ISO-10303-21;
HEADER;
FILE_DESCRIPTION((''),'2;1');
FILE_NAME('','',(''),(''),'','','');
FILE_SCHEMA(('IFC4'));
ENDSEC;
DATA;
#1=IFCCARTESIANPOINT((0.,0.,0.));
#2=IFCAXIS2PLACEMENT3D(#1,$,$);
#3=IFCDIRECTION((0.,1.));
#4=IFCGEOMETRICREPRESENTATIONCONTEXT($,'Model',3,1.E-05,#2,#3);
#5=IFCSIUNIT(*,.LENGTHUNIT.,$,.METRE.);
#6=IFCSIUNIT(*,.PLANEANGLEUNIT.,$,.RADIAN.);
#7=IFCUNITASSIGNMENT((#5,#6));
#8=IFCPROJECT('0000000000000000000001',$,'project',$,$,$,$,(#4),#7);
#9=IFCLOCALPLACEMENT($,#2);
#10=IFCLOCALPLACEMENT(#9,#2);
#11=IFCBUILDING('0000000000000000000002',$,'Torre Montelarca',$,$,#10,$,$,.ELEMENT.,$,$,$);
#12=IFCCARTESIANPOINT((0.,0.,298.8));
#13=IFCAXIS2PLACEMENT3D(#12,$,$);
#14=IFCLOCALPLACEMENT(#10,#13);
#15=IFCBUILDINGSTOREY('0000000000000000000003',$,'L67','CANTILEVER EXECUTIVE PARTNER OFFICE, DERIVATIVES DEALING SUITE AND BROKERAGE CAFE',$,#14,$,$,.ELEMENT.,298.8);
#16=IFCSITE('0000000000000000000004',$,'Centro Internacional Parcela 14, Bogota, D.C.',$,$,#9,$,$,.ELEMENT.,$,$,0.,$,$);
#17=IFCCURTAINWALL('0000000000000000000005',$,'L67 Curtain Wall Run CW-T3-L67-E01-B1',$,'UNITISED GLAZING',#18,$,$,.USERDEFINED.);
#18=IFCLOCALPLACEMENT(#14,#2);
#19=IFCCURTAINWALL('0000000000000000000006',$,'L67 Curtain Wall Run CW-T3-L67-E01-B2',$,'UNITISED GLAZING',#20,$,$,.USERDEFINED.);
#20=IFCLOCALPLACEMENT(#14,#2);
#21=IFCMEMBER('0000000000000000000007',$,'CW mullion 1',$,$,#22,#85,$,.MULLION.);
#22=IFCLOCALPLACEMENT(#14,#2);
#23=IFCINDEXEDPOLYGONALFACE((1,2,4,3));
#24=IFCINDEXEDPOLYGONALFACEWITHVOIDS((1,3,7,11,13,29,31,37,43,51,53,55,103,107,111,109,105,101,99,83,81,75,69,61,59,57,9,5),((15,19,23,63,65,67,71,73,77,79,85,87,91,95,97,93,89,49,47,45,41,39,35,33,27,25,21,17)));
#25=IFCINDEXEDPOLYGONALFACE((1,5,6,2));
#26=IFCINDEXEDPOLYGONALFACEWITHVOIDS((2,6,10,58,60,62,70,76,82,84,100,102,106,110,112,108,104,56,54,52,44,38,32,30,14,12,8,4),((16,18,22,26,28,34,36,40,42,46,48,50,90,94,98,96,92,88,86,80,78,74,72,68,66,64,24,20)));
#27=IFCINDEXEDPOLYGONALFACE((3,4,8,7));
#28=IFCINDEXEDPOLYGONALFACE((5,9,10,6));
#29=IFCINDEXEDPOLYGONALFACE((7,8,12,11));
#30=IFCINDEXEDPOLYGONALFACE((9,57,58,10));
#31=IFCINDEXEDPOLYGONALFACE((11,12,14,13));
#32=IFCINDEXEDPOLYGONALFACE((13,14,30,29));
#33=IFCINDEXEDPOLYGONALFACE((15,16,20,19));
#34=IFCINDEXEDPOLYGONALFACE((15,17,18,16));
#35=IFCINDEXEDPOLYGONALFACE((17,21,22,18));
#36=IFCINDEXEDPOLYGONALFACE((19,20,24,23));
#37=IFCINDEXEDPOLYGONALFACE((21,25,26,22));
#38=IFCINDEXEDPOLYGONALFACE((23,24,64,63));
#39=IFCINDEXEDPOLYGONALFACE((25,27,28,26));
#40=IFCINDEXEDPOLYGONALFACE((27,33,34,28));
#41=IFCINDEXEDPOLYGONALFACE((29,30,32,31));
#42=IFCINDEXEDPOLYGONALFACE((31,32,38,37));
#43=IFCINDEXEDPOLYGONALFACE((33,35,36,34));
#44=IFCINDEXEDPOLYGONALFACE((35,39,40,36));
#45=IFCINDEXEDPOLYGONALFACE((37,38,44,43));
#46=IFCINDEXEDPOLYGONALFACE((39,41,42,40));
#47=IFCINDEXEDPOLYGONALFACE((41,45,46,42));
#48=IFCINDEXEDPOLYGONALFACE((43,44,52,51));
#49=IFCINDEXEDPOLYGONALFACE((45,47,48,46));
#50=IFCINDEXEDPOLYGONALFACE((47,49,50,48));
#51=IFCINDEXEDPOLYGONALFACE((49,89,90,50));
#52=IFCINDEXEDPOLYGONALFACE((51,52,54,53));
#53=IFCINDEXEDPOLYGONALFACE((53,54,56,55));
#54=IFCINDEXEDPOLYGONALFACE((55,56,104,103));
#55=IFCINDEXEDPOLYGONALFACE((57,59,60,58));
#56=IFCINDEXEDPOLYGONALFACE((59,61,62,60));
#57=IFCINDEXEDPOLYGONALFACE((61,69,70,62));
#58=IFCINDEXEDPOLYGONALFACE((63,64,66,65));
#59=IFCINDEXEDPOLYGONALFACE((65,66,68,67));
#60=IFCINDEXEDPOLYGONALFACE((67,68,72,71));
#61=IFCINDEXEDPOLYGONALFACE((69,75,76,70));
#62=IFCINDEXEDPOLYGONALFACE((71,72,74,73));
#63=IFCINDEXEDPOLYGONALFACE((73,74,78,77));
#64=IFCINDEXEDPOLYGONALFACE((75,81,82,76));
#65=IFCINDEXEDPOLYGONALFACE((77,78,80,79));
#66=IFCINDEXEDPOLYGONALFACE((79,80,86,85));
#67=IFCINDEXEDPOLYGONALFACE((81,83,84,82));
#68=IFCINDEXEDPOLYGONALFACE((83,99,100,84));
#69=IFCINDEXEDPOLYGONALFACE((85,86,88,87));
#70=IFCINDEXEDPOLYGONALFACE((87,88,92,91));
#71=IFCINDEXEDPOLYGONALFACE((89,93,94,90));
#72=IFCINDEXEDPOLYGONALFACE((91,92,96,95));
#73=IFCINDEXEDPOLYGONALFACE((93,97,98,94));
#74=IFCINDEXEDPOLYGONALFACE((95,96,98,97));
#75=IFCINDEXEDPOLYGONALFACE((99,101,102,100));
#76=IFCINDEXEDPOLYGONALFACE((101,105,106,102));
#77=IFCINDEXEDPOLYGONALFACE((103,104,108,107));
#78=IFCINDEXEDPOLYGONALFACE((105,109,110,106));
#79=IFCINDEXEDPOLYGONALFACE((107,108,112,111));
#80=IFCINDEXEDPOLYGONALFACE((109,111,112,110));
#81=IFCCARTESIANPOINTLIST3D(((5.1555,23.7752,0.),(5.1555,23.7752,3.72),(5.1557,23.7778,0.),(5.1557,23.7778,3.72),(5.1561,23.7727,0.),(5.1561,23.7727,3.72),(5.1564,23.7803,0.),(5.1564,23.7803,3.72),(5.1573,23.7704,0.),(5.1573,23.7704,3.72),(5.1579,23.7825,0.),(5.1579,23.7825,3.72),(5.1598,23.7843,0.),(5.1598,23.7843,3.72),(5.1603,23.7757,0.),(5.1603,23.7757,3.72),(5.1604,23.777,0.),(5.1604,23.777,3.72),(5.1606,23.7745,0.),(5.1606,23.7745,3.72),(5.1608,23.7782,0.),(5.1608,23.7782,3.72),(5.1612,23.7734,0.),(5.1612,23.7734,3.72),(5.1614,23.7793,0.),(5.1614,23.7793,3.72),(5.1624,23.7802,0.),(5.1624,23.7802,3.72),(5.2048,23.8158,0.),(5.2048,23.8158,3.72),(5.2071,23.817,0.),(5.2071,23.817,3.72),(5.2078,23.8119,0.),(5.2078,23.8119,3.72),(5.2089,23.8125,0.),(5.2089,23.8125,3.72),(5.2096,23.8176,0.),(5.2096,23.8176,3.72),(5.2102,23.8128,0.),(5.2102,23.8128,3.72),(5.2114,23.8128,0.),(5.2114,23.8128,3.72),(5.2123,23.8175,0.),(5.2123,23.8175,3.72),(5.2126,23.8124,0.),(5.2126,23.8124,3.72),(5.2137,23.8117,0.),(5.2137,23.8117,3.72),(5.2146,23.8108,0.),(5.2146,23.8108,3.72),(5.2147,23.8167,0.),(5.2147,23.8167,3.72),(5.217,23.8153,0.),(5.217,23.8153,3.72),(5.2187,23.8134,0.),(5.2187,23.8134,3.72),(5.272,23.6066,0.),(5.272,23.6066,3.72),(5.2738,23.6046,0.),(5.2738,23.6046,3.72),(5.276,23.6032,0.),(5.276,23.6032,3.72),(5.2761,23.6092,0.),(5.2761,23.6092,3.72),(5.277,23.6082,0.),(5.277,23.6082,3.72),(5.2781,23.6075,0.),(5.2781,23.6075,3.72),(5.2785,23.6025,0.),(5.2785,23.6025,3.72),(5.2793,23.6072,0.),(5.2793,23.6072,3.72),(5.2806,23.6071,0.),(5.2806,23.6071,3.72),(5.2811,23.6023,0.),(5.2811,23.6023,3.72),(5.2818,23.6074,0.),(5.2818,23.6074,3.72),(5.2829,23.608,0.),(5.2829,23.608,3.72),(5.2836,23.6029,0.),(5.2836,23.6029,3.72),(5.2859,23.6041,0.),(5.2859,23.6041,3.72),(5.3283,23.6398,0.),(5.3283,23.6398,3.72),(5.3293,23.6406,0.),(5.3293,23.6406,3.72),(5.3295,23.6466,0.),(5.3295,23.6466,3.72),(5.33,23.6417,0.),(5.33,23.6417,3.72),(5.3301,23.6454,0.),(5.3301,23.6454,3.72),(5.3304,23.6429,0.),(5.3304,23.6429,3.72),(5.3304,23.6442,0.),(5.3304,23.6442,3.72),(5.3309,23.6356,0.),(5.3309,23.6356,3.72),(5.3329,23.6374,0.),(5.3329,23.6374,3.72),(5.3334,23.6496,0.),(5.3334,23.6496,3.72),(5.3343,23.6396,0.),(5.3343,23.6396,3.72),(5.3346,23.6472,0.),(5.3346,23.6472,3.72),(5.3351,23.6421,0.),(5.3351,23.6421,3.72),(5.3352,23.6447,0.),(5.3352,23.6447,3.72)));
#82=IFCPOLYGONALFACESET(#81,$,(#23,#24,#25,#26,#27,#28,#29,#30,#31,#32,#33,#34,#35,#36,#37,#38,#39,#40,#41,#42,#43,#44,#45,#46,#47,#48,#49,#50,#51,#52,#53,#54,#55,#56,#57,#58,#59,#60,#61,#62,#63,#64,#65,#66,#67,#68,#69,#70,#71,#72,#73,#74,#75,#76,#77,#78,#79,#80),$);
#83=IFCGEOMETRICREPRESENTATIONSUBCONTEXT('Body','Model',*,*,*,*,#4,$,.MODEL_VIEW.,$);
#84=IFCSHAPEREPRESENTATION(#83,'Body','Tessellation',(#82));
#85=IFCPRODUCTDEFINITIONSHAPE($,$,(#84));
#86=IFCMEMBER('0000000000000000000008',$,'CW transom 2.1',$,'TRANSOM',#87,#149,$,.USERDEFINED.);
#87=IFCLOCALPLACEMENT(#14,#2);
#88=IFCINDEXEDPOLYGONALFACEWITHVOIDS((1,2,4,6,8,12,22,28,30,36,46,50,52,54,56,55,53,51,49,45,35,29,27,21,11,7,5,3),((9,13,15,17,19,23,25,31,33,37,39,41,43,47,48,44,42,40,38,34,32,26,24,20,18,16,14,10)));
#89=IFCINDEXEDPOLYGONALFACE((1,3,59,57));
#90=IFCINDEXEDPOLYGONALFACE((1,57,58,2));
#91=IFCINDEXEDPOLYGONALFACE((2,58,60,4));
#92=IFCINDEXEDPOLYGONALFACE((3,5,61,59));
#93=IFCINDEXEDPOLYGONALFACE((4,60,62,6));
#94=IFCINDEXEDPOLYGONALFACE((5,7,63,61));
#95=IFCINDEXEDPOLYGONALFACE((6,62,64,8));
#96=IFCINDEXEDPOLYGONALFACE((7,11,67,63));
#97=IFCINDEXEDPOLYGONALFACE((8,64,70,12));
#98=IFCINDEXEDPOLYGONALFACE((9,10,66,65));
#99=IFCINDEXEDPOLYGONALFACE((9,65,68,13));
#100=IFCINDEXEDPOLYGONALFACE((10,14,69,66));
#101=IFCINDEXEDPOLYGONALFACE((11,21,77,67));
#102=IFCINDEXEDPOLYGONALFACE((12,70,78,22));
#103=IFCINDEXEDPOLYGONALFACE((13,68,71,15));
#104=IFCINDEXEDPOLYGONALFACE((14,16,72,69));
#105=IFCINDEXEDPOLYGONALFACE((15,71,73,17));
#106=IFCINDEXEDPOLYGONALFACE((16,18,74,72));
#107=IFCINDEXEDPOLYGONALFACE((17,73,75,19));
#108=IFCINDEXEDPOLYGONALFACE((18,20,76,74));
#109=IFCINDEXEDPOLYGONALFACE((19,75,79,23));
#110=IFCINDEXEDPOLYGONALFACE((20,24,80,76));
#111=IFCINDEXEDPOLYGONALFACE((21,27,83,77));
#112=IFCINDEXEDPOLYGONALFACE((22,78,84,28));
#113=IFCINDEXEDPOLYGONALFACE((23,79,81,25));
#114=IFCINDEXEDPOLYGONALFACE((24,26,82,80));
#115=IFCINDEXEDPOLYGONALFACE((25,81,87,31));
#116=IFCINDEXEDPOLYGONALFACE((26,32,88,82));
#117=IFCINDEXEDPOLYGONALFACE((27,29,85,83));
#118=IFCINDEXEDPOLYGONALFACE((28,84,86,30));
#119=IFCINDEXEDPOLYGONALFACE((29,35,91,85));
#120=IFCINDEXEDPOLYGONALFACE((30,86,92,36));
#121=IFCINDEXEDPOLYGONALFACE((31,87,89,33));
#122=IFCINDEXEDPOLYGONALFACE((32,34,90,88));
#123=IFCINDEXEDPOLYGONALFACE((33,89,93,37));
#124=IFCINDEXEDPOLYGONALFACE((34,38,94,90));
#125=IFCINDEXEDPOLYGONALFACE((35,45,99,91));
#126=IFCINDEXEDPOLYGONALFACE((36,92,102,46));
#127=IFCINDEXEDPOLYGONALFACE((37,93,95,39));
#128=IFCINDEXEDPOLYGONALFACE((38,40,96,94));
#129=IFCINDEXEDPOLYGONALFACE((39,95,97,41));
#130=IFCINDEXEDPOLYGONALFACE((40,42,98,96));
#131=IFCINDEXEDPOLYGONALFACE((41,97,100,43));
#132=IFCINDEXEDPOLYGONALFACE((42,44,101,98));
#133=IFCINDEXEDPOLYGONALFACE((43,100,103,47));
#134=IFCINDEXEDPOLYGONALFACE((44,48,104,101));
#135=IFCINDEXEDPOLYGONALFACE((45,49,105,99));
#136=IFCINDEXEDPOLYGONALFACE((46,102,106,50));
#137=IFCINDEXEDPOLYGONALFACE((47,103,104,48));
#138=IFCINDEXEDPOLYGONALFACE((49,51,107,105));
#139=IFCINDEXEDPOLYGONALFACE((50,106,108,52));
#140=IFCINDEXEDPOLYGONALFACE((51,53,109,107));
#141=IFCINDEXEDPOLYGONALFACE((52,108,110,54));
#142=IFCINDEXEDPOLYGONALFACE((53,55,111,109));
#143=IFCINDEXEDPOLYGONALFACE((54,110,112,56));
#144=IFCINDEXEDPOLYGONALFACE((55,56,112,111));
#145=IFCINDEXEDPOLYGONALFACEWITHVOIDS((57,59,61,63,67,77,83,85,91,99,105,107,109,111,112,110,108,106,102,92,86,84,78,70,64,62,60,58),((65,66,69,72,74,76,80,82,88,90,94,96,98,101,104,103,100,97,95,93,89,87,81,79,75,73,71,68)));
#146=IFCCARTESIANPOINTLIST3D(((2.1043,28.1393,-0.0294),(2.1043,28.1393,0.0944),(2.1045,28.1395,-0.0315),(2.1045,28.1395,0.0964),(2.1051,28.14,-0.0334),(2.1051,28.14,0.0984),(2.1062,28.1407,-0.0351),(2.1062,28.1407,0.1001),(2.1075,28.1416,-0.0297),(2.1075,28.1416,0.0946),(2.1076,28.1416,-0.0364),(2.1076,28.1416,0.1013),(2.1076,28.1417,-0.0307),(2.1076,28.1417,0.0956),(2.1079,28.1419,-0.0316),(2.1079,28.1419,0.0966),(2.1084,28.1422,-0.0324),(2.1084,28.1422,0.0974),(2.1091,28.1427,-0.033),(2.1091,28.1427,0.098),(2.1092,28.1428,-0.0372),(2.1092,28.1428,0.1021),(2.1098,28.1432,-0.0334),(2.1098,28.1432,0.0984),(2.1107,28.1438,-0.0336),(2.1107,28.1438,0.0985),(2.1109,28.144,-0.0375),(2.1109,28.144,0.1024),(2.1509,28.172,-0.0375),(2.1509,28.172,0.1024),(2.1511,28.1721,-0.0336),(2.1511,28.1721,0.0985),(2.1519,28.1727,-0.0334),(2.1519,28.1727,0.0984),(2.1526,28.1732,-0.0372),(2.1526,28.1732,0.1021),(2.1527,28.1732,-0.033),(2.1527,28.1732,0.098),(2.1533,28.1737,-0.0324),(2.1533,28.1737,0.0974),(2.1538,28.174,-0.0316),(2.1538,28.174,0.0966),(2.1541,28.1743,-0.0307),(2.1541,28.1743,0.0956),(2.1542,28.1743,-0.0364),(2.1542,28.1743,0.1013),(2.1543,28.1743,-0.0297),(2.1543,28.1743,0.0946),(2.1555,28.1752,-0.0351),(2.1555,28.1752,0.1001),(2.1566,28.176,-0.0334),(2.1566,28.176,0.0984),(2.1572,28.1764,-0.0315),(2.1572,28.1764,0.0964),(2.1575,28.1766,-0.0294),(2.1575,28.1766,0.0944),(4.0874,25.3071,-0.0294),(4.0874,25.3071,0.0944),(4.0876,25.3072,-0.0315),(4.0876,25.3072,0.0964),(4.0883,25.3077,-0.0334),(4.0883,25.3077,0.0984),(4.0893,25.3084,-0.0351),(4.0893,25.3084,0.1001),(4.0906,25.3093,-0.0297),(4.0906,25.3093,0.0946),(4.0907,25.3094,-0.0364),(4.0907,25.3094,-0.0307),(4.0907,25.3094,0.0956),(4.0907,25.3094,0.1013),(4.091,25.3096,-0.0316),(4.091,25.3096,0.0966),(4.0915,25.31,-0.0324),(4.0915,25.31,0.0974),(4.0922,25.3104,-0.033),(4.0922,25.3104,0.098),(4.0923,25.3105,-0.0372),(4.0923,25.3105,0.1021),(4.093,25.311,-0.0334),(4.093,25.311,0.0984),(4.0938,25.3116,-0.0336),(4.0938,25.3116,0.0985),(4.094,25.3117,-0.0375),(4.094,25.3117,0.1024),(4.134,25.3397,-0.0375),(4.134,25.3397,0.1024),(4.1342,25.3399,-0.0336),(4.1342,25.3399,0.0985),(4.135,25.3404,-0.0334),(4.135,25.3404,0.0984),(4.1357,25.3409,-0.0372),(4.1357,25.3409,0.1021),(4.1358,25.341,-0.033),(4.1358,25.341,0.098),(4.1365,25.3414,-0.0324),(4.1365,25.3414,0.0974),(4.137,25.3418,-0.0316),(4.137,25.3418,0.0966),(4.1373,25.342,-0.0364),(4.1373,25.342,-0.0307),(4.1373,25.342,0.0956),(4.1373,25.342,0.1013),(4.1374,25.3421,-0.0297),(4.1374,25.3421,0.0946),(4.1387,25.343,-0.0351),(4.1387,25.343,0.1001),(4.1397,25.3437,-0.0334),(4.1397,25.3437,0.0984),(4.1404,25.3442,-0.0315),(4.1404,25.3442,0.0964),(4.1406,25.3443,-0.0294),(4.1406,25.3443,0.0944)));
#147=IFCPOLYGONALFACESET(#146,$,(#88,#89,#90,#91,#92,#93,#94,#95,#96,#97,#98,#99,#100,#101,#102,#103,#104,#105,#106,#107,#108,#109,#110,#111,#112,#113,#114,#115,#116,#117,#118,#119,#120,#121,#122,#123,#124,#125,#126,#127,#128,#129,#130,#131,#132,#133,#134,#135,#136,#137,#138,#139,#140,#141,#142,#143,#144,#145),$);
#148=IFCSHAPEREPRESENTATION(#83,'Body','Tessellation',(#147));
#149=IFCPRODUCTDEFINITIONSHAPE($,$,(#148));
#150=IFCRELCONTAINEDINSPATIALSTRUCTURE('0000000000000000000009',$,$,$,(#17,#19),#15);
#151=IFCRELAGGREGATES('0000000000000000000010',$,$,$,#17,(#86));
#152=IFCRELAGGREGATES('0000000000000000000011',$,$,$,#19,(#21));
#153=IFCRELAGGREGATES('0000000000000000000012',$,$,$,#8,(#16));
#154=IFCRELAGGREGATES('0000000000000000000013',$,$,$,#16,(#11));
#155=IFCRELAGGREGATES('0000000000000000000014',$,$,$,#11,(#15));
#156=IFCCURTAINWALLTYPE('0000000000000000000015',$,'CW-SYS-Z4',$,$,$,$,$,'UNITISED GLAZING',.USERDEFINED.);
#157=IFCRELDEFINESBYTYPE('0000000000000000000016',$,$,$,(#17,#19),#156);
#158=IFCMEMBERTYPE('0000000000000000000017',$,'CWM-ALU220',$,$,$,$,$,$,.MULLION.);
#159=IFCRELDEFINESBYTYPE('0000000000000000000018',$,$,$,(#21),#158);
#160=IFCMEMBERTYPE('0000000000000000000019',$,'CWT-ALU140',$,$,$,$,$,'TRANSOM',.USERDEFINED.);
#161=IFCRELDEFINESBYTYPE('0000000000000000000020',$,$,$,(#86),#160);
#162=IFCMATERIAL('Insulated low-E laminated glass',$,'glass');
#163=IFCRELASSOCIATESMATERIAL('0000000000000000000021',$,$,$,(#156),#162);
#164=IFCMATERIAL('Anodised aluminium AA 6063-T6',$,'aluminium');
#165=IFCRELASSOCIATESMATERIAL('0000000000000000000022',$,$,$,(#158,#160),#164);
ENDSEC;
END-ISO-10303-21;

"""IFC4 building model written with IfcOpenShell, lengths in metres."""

from ifc_helpers import new_model, si_unit, direction, frame, origin, origin_2d, place, context, subcontext, project, spatial, hollow_rectangle, extrude, source, transform, mapped, material, material_profile, profile_set, type_object, element, aggregate, save


model = new_model("IFC4")

# Units and contexts
model_context = context("Model", 3, precision=1e-05, world=origin(), true_north=direction((0.0, 1.0)))
body_context = subcontext(model_context, "Body", "Model", "MODEL_VIEW")
ifc_project = project(units=[si_unit("LENGTHUNIT", "METRE"), si_unit("PLANEANGLEUNIT", "RADIAN")], contexts=[model_context])

# Site, building, storey
site_placement = place(None, origin())
site = spatial("IfcSite", under=ifc_project, at=site_placement, Name="Centro Internacional Parcela 14, Bogota, D.C.", CompositionType="ELEMENT", RefElevation=0.0)
building_placement = place(site_placement, origin())
building = spatial("IfcBuilding", under=site, at=building_placement, Name="Torre Montelarca", CompositionType="ELEMENT")
storey_placement = place(building_placement, frame((0.0, 0.0, 298.8)))
storey = spatial("IfcBuildingStorey", under=building, at=storey_placement, Name="L67", Description="CANTILEVER EXECUTIVE PARTNER OFFICE, DERIVATIVES DEALING SUITE AND BROKERAGE CAFE", CompositionType="ELEMENT", Elevation=298.8)

# Curtain wall
ifc_material_1 = material(Name="Insulated low-E laminated glass", Category="glass")
curtain_wall_type = type_object("IfcCurtainWallType", Name="CW-SYS-Z4", ElementType="UNITISED GLAZING", PredefinedType="USERDEFINED", material=ifc_material_1)
curtain_wall_1_placement = place(storey_placement, origin())
curtain_wall_1 = element("IfcCurtainWall", 1, at=curtain_wall_1_placement, inside=storey, type_object=curtain_wall_type, Name="L67 Curtain Wall Run CW-T3-L67-E01-B1", ObjectType="UNITISED GLAZING", PredefinedType="USERDEFINED")
ifc_material_2 = material(Name="Anodised aluminium AA 6063-T6", Category="aluminium")
ifc_material_profile_1 = material_profile(ifc_material_2, hollow_rectangle(XDim=0.075, YDim=0.22, WallThickness=0.0049, InnerFilletRadius=0.0049, OuterFilletRadius=0.01, at=origin_2d()), Name="ALU75X220X5", Category="aluminium")
ifc_profile_set_1 = profile_set([ifc_material_profile_1], Name="Anodised aluminium AA 6063-T6")
member_type_1 = type_object("IfcMemberType", Name="CWM-ALU220", PredefinedType="MULLION", material=ifc_profile_set_1)
shared_shape_1 = source(origin(), body_context, "Body", "SweptSolid", [
    extrude(hollow_rectangle(XDim=0.075, YDim=0.22, WallThickness=0.0049, InnerFilletRadius=0.0049, OuterFilletRadius=0.01, at=origin_2d()), origin(), (0.0, 0.0, 1.0), 3.72),
])

# Curtain wall, member
curtain_wall_2_placement = place(storey_placement, origin())
curtain_wall_2 = element("IfcCurtainWall", 2, at=curtain_wall_2_placement, inside=storey, type_object=curtain_wall_type, Name="L67 Curtain Wall Run CW-T3-L67-E01-B2", ObjectType="UNITISED GLAZING", PredefinedType="USERDEFINED")
member_1_placement = place(storey_placement, frame((5.2454, 23.71, 0.0), z_axis=(0.0, 0.0, 1.0), x_axis=(0.819156, 0.57357, 0.0)))
member_1 = element("IfcMember", 3, at=member_1_placement, type_object=member_type_1, Name="CW mullion 1", PredefinedType="MULLION", context=body_context, shape_type="MappedRepresentation", body=[
    mapped(shared_shape_1, transform((0.0, 0.0, 0.0), scale=1.0)),
])

# Member
ifc_material_profile_2 = material_profile(ifc_material_2, hollow_rectangle(XDim=0.0649, YDim=0.1399, WallThickness=0.0039, InnerFilletRadius=0.0039, OuterFilletRadius=0.0081, at=origin_2d()), Name="ALU65X140X4", Category="aluminium")
ifc_profile_set_2 = profile_set([ifc_material_profile_2], Name="Anodised aluminium AA 6063-T6")
member_type_2 = type_object("IfcMemberType", Name="CWT-ALU140", ElementType="TRANSOM", PredefinedType="USERDEFINED", material=ifc_profile_set_2)
shared_shape_2 = source(origin(), body_context, "Body", "SweptSolid", [
    extrude(hollow_rectangle(XDim=0.0649, YDim=0.1399, WallThickness=0.0039, InnerFilletRadius=0.0039, OuterFilletRadius=0.0081, at=origin_2d()), origin(), (0.0, 0.0, 1.0), 3.4575),
])
member_2_placement = place(storey_placement, frame((2.1309, 28.158, 0.0325), z_axis=(0.573571, -0.819156, 0.0), x_axis=(0.819156, 0.573571, 0.0)))
member_2 = element("IfcMember", 4, at=member_2_placement, type_object=member_type_2, Name="CW transom 2.1", ObjectType="TRANSOM", PredefinedType="USERDEFINED", context=body_context, shape_type="MappedRepresentation", body=[
    mapped(shared_shape_2, transform((0.0, 0.0, 0.0), scale=1.0)),
])

aggregate(curtain_wall_1, [member_2])
aggregate(curtain_wall_2, [member_1])

save(model, "model.ifc")
